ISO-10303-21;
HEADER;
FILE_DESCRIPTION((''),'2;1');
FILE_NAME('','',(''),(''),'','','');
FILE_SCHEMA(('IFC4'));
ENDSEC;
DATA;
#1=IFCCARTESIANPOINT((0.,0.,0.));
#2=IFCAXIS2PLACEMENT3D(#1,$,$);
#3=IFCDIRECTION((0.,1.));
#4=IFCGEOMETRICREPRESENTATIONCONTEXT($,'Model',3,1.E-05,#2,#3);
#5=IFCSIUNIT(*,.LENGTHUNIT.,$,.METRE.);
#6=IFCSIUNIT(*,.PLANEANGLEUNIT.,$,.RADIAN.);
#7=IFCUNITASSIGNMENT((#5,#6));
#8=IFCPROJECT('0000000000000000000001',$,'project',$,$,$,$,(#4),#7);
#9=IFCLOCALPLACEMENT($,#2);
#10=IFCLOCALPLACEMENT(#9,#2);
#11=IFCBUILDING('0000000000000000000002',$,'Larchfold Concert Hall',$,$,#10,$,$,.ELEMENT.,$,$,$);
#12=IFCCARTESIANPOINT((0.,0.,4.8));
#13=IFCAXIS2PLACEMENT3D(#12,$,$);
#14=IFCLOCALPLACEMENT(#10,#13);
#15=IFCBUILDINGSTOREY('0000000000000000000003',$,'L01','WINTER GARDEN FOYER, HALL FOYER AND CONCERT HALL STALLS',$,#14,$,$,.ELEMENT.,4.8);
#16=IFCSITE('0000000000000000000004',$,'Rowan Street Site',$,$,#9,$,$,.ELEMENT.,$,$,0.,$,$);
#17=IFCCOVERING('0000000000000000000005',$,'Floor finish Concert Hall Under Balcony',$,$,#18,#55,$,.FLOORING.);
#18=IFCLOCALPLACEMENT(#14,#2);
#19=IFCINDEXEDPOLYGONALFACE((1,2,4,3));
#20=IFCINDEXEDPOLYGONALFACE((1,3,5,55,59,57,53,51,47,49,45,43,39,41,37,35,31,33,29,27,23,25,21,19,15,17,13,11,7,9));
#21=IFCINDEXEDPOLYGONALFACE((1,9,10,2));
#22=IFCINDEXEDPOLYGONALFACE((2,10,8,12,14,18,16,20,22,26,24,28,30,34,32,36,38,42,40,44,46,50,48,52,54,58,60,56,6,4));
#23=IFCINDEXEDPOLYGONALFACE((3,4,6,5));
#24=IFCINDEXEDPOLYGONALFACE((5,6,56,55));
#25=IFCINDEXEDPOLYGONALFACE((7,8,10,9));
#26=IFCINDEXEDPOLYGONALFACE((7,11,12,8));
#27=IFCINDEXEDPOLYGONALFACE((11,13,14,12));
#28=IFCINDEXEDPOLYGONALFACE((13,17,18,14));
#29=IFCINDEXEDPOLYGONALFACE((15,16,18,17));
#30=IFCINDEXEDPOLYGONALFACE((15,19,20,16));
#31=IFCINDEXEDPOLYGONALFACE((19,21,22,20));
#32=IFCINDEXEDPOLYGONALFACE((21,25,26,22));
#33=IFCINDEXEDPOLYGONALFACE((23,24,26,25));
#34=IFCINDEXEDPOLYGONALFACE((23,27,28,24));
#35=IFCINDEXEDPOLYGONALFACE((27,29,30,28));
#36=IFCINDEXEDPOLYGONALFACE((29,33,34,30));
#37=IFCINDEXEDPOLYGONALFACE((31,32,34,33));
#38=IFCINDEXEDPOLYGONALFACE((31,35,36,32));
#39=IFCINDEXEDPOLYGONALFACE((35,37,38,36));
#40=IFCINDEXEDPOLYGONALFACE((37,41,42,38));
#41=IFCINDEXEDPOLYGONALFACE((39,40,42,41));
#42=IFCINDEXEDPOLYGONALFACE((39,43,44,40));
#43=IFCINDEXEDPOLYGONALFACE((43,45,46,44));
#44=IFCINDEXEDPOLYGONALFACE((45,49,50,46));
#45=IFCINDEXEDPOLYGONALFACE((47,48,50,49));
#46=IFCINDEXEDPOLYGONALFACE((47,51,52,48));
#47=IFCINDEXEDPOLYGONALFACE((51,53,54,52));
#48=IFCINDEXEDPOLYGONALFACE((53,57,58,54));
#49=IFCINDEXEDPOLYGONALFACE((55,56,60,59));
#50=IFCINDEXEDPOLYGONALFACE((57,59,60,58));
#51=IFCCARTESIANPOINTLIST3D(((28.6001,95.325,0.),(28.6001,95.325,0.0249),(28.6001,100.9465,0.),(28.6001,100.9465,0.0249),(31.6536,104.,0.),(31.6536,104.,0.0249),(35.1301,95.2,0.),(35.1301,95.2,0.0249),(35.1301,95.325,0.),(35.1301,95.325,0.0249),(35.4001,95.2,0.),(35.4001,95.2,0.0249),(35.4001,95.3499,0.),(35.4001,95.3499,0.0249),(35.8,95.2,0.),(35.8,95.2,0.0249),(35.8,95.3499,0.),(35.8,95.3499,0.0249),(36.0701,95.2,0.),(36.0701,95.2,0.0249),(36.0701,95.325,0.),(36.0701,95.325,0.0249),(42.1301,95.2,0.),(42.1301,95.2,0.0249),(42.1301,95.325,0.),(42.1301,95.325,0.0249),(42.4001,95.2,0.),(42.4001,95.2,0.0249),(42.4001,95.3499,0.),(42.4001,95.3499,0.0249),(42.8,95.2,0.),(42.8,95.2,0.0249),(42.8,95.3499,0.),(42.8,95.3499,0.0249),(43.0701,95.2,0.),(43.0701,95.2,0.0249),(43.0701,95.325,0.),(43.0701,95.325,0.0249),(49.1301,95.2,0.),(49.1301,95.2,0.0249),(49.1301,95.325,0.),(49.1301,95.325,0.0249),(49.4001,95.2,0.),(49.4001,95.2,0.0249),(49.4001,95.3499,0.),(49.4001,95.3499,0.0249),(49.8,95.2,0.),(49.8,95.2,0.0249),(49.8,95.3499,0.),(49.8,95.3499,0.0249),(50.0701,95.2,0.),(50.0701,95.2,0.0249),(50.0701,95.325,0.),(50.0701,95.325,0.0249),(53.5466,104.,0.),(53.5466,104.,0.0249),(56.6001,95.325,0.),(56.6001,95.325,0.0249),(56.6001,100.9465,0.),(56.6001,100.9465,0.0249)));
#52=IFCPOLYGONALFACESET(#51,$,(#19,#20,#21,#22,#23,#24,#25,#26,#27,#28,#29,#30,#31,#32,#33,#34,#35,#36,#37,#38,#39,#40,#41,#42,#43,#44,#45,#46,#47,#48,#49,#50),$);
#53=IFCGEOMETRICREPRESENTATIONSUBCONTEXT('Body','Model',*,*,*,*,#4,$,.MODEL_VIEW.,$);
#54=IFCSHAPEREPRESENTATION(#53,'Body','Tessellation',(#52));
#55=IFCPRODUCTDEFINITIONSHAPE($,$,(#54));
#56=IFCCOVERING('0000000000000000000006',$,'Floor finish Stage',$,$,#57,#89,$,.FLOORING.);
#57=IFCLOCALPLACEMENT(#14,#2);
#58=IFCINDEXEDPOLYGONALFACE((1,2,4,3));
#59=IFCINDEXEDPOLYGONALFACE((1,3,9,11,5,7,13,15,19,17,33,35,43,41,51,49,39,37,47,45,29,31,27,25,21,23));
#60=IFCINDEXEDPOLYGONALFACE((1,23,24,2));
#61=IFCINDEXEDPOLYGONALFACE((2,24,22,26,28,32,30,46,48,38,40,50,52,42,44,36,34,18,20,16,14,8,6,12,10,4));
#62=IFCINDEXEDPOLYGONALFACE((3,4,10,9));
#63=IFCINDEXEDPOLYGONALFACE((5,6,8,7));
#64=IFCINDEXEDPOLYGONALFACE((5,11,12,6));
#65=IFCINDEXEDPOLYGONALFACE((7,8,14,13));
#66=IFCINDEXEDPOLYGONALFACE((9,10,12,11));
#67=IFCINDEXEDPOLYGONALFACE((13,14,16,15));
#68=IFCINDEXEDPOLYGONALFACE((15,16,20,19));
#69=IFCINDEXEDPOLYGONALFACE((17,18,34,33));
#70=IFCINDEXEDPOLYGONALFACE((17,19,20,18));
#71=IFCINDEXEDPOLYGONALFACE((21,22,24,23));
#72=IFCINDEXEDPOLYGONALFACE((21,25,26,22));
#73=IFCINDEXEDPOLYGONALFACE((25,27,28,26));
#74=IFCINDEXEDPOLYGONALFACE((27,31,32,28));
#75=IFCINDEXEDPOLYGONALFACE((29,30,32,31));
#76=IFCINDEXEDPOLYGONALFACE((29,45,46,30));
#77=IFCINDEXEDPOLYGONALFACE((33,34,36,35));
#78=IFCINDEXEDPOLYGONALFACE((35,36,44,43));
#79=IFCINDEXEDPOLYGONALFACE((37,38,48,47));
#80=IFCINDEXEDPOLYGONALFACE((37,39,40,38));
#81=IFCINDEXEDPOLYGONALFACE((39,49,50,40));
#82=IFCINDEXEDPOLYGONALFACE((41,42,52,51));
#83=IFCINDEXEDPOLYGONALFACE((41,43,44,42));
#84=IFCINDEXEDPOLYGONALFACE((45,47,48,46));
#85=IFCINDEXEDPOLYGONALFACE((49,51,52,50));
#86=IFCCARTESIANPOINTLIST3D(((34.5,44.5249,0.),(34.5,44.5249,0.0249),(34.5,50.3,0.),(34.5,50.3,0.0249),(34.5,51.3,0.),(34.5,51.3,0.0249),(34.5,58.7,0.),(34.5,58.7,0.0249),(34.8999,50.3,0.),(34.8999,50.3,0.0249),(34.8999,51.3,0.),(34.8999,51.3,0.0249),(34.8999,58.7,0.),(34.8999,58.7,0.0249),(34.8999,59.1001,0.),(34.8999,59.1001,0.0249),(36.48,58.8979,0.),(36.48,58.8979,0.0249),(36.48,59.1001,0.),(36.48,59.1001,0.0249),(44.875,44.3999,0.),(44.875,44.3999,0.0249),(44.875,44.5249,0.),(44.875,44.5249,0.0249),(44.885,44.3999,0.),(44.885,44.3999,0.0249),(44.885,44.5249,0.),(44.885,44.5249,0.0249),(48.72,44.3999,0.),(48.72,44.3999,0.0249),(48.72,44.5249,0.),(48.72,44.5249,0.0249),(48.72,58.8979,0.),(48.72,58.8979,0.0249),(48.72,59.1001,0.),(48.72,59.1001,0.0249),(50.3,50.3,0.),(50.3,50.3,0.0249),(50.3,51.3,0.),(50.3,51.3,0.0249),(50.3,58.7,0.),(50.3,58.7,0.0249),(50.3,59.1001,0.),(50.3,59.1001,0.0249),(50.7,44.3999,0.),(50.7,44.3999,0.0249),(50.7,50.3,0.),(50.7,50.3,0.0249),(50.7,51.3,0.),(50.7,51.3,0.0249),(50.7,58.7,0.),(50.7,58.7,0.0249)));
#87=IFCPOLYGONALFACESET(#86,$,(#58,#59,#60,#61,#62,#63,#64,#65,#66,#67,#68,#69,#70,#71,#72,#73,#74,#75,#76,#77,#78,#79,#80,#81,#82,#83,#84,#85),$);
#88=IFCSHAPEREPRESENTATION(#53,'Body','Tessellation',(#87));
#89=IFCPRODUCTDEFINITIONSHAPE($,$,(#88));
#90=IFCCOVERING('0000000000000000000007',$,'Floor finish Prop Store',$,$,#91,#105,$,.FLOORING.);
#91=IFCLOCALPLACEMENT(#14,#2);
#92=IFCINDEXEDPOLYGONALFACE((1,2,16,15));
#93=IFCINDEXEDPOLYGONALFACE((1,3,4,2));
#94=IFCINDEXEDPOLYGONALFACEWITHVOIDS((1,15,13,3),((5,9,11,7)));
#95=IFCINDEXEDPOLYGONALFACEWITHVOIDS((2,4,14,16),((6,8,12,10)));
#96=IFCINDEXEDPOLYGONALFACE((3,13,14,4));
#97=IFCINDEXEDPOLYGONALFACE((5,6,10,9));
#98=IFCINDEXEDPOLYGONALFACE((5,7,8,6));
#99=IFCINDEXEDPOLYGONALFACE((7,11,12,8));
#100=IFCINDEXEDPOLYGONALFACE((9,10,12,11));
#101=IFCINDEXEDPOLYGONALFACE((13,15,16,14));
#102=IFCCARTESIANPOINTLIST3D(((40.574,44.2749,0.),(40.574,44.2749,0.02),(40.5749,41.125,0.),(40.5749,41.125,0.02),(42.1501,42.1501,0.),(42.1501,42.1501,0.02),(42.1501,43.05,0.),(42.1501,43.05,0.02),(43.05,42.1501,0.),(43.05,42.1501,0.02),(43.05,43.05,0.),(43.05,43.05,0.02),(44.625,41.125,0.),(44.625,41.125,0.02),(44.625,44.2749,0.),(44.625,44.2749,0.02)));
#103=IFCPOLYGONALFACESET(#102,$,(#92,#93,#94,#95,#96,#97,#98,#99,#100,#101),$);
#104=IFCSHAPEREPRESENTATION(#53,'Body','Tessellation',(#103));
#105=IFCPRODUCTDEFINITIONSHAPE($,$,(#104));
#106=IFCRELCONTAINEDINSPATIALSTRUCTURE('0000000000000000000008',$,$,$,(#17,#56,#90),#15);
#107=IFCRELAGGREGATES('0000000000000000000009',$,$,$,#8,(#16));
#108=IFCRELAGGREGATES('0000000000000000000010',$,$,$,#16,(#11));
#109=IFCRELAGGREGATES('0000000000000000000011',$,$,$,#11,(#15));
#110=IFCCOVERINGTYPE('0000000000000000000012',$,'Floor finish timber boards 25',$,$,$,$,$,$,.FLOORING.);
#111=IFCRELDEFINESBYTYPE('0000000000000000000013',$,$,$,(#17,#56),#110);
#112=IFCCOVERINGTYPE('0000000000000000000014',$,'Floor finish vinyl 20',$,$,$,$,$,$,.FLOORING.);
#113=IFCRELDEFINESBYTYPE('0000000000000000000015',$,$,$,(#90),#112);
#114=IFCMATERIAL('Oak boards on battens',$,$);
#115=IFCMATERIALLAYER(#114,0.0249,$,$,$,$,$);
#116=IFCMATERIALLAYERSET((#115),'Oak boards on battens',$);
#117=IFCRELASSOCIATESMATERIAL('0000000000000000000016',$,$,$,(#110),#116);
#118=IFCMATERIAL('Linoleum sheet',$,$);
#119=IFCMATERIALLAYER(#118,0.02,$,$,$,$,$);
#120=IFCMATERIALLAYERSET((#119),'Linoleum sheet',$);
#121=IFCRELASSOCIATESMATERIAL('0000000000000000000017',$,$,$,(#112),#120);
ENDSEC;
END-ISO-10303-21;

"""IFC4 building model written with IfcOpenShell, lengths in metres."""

from ifc_helpers import new_model, si_unit, direction, frame, origin, place, context, subcontext, project, spatial, polyline, outline, extrude, material, layer, layer_set, type_object, element, save


model = new_model("IFC4")

# Units and contexts
model_context = context("Model", 3, precision=1e-05, world=origin(), true_north=direction((0.0, 1.0)))
body_context = subcontext(model_context, "Body", "Model", "MODEL_VIEW")
ifc_project = project(units=[si_unit("LENGTHUNIT", "METRE"), si_unit("PLANEANGLEUNIT", "RADIAN")], contexts=[model_context])

# Site, building, storey
site_placement = place(None, origin())
site = spatial("IfcSite", under=ifc_project, at=site_placement, Name="Rowan Street Site", CompositionType="ELEMENT", RefElevation=0.0)
building_placement = place(site_placement, origin())
building = spatial("IfcBuilding", under=site, at=building_placement, Name="Larchfold Concert Hall", CompositionType="ELEMENT")
storey_placement = place(building_placement, frame((0.0, 0.0, 4.8)))
storey = spatial("IfcBuildingStorey", under=building, at=storey_placement, Name="L01", Description="WINTER GARDEN FOYER, HALL FOYER AND CONCERT HALL STALLS", CompositionType="ELEMENT", Elevation=4.8)

# Coverings
ifc_material_1 = material(Name="Oak boards on battens")
ifc_layer_1 = layer(ifc_material_1, 0.0249)
ifc_layer_set_1 = layer_set([ifc_layer_1], Name="Oak boards on battens")
covering_type_1 = type_object("IfcCoveringType", Name="Floor finish timber boards 25", PredefinedType="FLOORING", material=ifc_layer_set_1)
covering_1_placement = place(storey_placement, origin())
element("IfcCovering", 1, at=covering_1_placement, inside=storey, type_object=covering_type_1, Name="Floor finish Concert Hall Under Balcony", PredefinedType="FLOORING", context=body_context, shape_type="SweptSolid", body=[
    extrude(outline(polyline([(56.6001, 95.325), (56.6001, 100.9465), (53.5466, 104.0), (31.6536, 104.0), (28.6001, 100.9465), (28.6001, 95.325), (35.1301, 95.325), (35.1301, 95.2), (35.4001, 95.2), (35.4001, 95.3499), (35.8, 95.3499), (35.8, 95.2), (36.0701, 95.2), (36.0701, 95.325), (42.1301, 95.325), (42.1301, 95.2), (42.4001, 95.2), (42.4001, 95.3499), (42.8, 95.3499), (42.8, 95.2), (43.0701, 95.2), (43.0701, 95.325), (49.1301, 95.325), (49.1301, 95.2), (49.4001, 95.2), (49.4001, 95.3499), (49.8, 95.3499), (49.8, 95.2), (50.0701, 95.2), (50.0701, 95.325), (56.6001, 95.325)])), origin(), (0.0, 0.0, 1.0), 0.0249),
])
covering_2_placement = place(storey_placement, origin())
element("IfcCovering", 2, at=covering_2_placement, inside=storey, type_object=covering_type_1, Name="Floor finish Stage", PredefinedType="FLOORING", context=body_context, shape_type="SweptSolid", body=[
    extrude(outline(polyline([(34.5, 50.3), (34.5, 44.5249), (44.875, 44.5249), (44.875, 44.3999), (44.885, 44.3999), (44.885, 44.5249), (48.72, 44.5249), (48.72, 44.3999), (50.7, 44.3999), (50.7, 50.3), (50.3, 50.3), (50.3, 51.3), (50.7, 51.3), (50.7, 58.7), (50.3, 58.7), (50.3, 59.1001), (48.72, 59.1001), (48.72, 58.8979), (36.48, 58.8979), (36.48, 59.1001), (34.8999, 59.1001), (34.8999, 58.7), (34.5, 58.7), (34.5, 51.3), (34.8999, 51.3), (34.8999, 50.3), (34.5, 50.3)])), origin(), (0.0, 0.0, 1.0), 0.0249),
])
ifc_material_2 = material(Name="Linoleum sheet")
ifc_layer_2 = layer(ifc_material_2, 0.02)
ifc_layer_set_2 = layer_set([ifc_layer_2], Name="Linoleum sheet")
covering_type_2 = type_object("IfcCoveringType", Name="Floor finish vinyl 20", PredefinedType="FLOORING", material=ifc_layer_set_2)
covering_3_placement = place(storey_placement, origin())
element("IfcCovering", 3, at=covering_3_placement, inside=storey, type_object=covering_type_2, Name="Floor finish Prop Store", PredefinedType="FLOORING", context=body_context, shape_type="SweptSolid", body=[
    extrude(outline(polyline([(40.575, 41.0), (40.575, 41.125), (44.625, 41.125), (44.625, 44.2749), (40.574, 44.2749), (40.575, 41.0)]), holes=[polyline([(42.1501, 42.1501), (42.1501, 43.05), (43.05, 43.05), (43.05, 42.1501), (42.1501, 42.1501)])]), origin(), (0.0, 0.0, 1.0), 0.02),
])

save(model, "model.ifc")
